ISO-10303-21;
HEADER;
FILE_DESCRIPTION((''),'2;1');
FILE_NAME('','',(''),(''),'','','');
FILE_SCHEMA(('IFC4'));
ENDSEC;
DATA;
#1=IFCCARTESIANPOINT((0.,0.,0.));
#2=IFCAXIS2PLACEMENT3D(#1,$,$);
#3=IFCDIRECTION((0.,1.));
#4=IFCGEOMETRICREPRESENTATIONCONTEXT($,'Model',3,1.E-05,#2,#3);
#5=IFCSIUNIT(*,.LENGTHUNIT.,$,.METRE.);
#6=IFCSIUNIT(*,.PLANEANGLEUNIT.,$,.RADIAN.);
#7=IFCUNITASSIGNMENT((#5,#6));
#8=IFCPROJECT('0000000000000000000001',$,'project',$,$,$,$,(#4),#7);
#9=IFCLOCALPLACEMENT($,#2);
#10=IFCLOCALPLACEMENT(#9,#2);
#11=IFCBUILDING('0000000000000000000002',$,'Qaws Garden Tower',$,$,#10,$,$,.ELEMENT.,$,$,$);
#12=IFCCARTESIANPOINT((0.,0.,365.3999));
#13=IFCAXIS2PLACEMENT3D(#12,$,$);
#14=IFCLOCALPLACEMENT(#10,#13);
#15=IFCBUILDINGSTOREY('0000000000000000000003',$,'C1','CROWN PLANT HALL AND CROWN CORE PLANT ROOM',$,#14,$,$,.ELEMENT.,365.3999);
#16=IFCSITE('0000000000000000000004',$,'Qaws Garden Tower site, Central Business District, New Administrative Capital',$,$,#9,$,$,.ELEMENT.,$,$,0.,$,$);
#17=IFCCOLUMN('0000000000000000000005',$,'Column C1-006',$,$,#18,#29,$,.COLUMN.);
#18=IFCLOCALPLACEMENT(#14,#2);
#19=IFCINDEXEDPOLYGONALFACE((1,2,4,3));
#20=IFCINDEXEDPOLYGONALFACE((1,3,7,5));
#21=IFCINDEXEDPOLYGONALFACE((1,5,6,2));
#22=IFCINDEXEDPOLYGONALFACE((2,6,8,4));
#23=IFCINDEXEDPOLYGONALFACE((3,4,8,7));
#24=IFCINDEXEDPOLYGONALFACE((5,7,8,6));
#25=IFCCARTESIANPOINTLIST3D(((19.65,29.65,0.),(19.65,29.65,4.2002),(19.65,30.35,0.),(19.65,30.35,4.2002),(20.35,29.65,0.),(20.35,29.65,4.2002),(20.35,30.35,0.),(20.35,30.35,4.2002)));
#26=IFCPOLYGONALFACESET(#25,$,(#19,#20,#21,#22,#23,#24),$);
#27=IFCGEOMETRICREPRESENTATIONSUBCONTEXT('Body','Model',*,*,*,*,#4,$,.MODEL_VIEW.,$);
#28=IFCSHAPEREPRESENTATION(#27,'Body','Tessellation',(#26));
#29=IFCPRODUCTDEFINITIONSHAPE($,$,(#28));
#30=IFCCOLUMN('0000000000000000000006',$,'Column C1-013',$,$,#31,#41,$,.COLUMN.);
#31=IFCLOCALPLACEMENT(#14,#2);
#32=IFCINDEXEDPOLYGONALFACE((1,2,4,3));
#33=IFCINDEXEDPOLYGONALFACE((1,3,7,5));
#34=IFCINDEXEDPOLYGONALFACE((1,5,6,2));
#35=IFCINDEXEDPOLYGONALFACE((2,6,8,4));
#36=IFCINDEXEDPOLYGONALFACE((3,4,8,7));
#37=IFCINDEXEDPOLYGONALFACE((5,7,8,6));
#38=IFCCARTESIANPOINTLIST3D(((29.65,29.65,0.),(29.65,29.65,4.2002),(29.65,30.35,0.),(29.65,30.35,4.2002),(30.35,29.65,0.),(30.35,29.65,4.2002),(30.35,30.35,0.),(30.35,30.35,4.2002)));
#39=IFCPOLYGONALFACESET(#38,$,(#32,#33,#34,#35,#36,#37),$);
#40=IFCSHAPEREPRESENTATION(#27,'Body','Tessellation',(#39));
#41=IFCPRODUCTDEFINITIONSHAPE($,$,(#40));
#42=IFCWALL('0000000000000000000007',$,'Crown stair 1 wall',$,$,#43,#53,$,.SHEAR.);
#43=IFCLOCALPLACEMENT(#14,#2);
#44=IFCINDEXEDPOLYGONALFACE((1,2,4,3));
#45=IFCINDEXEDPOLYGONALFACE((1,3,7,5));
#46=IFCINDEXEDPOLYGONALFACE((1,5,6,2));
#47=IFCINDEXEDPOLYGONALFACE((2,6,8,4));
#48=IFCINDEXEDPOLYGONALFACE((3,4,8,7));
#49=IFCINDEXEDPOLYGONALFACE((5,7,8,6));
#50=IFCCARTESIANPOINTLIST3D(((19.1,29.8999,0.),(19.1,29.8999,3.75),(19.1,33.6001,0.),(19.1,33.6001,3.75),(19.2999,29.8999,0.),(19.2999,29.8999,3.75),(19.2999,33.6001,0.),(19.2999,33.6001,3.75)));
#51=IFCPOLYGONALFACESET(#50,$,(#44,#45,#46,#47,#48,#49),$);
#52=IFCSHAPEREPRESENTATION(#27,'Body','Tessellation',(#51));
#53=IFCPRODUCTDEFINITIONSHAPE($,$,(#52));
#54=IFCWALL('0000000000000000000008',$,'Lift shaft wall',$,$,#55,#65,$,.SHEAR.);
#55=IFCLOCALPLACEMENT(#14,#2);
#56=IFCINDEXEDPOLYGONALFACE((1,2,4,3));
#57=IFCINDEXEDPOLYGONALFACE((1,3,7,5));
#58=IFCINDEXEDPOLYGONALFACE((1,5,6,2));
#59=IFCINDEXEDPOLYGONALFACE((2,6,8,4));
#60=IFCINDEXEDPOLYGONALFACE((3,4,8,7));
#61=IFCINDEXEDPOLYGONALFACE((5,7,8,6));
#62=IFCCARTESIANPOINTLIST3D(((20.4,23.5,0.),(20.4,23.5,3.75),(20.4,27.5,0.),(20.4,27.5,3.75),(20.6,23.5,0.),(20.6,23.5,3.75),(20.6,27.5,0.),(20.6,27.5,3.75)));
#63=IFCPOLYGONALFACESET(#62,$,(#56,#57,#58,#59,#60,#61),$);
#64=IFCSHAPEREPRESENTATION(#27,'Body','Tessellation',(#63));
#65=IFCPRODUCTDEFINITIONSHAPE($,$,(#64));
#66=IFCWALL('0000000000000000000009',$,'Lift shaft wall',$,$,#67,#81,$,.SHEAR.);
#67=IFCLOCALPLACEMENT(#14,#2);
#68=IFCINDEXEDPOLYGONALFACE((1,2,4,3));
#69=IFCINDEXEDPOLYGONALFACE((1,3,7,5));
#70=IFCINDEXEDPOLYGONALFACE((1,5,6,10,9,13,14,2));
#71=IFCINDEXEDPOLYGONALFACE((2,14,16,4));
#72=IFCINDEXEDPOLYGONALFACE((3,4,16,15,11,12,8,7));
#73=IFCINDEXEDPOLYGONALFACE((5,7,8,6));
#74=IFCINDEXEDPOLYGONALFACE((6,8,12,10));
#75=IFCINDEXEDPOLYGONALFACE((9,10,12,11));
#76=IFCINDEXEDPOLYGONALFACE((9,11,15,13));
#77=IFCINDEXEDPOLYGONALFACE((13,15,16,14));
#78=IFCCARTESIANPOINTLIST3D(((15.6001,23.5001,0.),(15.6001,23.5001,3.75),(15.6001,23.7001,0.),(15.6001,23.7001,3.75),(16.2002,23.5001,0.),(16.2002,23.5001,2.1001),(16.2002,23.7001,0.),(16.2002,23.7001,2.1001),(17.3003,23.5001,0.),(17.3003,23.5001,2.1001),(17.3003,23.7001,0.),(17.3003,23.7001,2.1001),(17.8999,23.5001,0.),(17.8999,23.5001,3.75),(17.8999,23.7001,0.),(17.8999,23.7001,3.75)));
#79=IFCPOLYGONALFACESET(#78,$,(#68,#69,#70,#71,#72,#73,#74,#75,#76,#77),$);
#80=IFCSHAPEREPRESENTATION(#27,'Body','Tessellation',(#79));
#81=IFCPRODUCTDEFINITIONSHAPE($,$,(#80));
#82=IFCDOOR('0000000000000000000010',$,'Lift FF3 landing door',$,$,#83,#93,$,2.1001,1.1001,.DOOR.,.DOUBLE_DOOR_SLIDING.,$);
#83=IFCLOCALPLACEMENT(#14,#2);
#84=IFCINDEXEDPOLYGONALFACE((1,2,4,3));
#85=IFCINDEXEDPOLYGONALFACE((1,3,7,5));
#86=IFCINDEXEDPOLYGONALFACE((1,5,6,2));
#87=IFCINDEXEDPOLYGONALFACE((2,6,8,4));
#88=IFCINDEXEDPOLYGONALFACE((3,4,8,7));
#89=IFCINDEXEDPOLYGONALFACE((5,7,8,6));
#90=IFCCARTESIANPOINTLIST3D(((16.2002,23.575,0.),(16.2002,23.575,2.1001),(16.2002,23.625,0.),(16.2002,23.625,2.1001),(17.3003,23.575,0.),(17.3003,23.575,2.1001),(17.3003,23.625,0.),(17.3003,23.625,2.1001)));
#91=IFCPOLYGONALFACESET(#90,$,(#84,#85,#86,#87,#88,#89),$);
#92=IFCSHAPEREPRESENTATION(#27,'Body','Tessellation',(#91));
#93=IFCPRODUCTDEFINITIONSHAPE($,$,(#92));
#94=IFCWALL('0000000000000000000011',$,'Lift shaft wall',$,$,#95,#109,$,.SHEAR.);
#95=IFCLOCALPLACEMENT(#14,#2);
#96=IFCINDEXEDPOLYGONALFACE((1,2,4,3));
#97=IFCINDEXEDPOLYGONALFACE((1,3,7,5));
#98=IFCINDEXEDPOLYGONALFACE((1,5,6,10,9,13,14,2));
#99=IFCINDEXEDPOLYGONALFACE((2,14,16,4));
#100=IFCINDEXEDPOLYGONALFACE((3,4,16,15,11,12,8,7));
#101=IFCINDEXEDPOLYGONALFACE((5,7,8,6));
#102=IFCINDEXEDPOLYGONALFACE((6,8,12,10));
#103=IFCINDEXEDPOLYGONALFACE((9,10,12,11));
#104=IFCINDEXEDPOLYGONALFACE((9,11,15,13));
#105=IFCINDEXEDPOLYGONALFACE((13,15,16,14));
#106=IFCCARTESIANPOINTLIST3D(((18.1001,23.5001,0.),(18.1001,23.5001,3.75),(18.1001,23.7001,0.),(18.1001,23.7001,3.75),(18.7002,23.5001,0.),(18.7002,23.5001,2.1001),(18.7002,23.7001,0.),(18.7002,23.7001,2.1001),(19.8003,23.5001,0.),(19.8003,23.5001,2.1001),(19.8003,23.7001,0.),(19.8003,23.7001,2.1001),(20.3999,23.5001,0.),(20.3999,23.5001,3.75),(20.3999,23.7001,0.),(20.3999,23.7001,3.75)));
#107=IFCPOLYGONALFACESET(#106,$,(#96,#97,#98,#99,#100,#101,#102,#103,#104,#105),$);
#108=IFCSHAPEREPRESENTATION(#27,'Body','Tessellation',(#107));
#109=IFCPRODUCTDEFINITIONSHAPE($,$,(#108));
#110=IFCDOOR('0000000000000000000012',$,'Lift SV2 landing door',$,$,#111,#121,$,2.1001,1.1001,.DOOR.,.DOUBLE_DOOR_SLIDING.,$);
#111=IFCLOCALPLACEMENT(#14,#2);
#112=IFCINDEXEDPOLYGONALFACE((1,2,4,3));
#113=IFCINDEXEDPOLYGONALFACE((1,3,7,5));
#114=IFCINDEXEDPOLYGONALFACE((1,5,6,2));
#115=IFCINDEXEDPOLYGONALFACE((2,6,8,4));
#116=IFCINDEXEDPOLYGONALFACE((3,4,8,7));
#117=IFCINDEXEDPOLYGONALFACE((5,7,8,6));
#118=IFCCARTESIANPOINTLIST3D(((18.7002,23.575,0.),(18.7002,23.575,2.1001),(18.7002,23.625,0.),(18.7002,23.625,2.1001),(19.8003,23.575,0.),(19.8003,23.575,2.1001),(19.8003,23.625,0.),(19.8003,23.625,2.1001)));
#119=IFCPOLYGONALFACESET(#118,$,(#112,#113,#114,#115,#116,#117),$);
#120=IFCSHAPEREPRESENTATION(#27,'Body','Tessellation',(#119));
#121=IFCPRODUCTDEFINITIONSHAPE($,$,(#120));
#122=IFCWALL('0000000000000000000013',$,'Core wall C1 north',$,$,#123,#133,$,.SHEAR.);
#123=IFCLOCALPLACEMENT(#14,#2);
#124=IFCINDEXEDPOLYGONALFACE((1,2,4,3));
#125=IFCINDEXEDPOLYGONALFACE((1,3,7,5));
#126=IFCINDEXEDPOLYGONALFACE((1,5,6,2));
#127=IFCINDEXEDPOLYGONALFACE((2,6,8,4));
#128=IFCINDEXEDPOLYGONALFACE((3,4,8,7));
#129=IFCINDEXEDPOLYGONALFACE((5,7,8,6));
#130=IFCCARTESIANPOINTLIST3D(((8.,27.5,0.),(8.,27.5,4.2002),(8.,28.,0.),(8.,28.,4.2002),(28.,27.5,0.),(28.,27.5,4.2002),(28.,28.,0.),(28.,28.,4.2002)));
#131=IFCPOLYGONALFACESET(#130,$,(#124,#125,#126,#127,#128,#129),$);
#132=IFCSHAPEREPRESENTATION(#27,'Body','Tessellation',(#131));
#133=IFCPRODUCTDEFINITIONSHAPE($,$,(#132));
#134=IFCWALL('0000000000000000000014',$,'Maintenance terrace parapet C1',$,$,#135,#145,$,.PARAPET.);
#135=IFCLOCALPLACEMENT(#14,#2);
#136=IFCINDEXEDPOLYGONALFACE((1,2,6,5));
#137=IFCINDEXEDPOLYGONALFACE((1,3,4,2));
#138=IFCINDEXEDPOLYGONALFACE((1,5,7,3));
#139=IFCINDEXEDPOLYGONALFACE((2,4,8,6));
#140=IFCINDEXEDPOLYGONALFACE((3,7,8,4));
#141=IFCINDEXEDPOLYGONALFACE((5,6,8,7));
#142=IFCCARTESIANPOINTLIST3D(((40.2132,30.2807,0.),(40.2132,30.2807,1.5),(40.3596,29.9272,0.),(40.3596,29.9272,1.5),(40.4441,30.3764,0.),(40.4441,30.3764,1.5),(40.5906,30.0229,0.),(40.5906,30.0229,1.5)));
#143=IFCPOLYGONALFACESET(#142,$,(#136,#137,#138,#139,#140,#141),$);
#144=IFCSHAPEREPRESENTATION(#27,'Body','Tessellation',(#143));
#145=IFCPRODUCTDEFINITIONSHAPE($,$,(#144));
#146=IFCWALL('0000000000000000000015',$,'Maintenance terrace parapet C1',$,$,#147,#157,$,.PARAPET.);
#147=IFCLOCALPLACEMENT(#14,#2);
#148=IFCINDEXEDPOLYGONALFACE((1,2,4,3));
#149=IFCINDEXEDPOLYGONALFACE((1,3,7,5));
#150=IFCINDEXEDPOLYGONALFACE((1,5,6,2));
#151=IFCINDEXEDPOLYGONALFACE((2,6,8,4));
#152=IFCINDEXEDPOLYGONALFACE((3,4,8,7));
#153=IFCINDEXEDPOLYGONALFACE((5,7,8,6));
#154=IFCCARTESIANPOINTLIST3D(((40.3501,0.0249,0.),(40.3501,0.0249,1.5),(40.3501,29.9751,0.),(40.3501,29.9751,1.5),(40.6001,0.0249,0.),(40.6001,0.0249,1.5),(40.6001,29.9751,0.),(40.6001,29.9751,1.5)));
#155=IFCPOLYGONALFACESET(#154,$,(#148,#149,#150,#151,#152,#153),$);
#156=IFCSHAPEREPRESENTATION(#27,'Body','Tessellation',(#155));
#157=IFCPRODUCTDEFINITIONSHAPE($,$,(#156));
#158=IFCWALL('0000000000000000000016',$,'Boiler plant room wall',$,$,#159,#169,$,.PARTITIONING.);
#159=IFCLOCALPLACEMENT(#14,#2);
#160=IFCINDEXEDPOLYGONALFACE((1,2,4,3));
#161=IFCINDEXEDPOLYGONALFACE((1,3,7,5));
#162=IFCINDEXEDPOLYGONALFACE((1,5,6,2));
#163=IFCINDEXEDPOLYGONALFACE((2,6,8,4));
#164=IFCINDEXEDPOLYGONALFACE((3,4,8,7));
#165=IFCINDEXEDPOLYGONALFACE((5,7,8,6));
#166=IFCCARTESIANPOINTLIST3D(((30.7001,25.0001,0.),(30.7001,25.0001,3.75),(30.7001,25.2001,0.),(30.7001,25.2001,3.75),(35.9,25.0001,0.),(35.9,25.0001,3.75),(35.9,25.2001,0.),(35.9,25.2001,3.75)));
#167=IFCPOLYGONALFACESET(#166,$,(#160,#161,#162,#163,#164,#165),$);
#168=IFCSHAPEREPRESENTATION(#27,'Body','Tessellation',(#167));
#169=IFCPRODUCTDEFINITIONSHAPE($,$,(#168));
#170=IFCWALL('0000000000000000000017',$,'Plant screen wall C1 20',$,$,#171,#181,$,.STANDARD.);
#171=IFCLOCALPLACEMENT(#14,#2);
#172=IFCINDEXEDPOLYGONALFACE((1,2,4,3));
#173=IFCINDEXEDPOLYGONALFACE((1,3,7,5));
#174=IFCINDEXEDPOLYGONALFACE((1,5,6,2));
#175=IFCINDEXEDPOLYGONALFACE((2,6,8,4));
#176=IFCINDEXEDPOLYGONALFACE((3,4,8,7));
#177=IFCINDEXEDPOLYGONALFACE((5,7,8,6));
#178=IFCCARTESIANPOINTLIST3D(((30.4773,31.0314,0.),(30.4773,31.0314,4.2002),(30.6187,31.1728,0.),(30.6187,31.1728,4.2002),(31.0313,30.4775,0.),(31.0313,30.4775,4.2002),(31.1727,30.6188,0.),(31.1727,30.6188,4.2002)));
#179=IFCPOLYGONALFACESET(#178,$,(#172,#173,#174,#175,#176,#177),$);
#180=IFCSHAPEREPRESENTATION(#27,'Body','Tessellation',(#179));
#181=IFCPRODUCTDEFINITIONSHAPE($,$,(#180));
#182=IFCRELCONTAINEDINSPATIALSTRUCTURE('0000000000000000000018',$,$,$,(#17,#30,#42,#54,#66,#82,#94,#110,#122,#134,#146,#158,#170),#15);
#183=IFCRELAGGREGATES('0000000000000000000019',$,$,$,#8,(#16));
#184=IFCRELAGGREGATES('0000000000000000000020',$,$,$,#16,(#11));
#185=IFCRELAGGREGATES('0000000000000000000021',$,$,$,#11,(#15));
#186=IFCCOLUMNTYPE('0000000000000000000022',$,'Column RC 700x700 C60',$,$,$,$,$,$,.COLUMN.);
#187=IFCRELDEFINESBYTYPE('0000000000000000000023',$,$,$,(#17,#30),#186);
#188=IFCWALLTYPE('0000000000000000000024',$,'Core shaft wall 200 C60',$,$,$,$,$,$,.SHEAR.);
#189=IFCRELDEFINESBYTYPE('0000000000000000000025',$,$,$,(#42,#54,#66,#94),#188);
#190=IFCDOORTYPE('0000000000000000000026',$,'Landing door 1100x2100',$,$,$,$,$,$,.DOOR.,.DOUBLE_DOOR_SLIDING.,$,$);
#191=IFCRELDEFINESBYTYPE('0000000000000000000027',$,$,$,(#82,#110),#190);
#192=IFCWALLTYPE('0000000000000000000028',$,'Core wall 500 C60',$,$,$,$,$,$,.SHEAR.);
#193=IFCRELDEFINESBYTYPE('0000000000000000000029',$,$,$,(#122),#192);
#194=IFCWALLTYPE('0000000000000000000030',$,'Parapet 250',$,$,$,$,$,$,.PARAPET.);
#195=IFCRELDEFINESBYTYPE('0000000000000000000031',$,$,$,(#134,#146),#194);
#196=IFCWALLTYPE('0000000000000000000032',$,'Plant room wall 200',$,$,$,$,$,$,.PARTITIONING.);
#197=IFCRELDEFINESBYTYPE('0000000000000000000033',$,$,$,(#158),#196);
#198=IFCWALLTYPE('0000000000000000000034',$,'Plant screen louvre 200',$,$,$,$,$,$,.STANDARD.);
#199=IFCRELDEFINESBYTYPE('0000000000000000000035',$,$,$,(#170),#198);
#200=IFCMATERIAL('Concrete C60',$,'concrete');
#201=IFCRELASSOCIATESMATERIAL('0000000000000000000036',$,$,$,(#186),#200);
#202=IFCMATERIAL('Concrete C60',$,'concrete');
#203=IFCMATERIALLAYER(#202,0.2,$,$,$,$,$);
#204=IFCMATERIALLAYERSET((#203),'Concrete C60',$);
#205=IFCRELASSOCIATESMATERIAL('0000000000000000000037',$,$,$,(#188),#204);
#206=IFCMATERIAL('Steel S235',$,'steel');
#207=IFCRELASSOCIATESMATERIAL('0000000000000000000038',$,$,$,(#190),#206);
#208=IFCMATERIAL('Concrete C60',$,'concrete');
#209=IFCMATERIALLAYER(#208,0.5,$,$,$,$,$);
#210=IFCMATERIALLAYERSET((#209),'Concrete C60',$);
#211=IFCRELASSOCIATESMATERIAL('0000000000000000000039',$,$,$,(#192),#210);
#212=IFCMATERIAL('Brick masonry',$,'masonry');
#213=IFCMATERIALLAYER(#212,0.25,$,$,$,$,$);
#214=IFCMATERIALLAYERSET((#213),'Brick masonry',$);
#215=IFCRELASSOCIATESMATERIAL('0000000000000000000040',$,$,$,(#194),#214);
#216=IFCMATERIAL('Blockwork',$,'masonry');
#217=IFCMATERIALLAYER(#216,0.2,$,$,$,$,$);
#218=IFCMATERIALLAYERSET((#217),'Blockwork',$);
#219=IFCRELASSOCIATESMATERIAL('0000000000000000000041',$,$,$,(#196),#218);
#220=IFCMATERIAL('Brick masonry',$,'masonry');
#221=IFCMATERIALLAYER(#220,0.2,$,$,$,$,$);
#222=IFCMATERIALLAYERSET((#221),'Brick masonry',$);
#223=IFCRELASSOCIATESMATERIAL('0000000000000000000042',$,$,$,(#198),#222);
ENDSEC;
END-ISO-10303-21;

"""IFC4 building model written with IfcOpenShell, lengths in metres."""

from ifc_helpers import new_model, si_unit, direction, frame, frame_2d, origin, origin_2d, place, context, subcontext, project, spatial, rectangle, extrude, material, layer, layer_set, material_profile, profile_set, type_object, element, fill, save


model = new_model("IFC4")

# Units and contexts
model_context = context("Model", 3, precision=1e-05, world=origin(), true_north=direction((0.0, 1.0)))
body_context = subcontext(model_context, "Body", "Model", "MODEL_VIEW")
ifc_project = project(units=[si_unit("LENGTHUNIT", "METRE"), si_unit("PLANEANGLEUNIT", "RADIAN")], contexts=[model_context])

# Site, building, storey
site_placement = place(None, origin())
site = spatial("IfcSite", under=ifc_project, at=site_placement, Name="Qaws Garden Tower site, Central Business District, New Administrative Capital", CompositionType="ELEMENT", RefElevation=0.0)
building_placement = place(site_placement, origin())
building = spatial("IfcBuilding", under=site, at=building_placement, Name="Qaws Garden Tower", CompositionType="ELEMENT")
storey_placement = place(building_placement, frame((0.0, 0.0, 365.3999)))
storey = spatial("IfcBuildingStorey", under=building, at=storey_placement, Name="C1", Description="CROWN PLANT HALL AND CROWN CORE PLANT ROOM", CompositionType="ELEMENT", Elevation=365.3999)

# Columns
ifc_material_1 = material(Name="Concrete C60", Category="concrete")
ifc_material_profile = material_profile(ifc_material_1, rectangle(XDim=0.7, YDim=0.7, at=origin_2d()), Name="RC 700x700")
ifc_profile_set = profile_set([ifc_material_profile], Name="Concrete C60")
column_type = type_object("IfcColumnType", Name="Column RC 700x700 C60", PredefinedType="COLUMN", material=ifc_profile_set)
for number, where, z_axis, x_axis, name in (
    (1, (20.0, 30.0, 0.0), (0.0, 0.0, 1.0), (1.0, 0.0, 0.0), "Column C1-006"),
    (2, (30.0, 30.0, 0.0), (0.0, 0.0, 1.0), (1.0, 0.0, 0.0), "Column C1-013"),
):
    element("IfcColumn", number, at=place(storey_placement, frame(where, z_axis=z_axis, x_axis=x_axis)), inside=storey, type_object=column_type, Name=name, PredefinedType="COLUMN", context=body_context, shape_type="SweptSolid", body=[
        extrude(rectangle(XDim=0.7, YDim=0.7, at=origin_2d()), origin(), (0.0, 0.0, 1.0), 4.2002),
    ])

# Walls
ifc_material_2 = material(Name="Concrete C60", Category="concrete")
ifc_layer_1 = layer(ifc_material_2, 0.2)
ifc_layer_set_1 = layer_set([ifc_layer_1], Name="Concrete C60")
wall_type_1 = type_object("IfcWallType", Name="Core shaft wall 200 C60", PredefinedType="SHEAR", material=ifc_layer_set_1)
wall_1_placement = place(storey_placement, frame((19.2, 29.8999, 0.0), z_axis=(0.0, 0.0, 1.0), x_axis=(0.0, 1.0, 0.0)))
element("IfcWall", 3, at=wall_1_placement, inside=storey, type_object=wall_type_1, Name="Crown stair 1 wall", PredefinedType="SHEAR", context=body_context, shape_type="SweptSolid", body=[
    extrude(rectangle(XDim=3.7002, YDim=0.2, at=frame_2d((1.8501, 0.0))), origin(), (0.0, 0.0, 1.0), 3.75),
])
wall_2_placement = place(storey_placement, frame((20.5, 23.5, 0.0), z_axis=(0.0, 0.0, 1.0), x_axis=(0.0, 1.0, 0.0)))
element("IfcWall", 4, at=wall_2_placement, inside=storey, type_object=wall_type_1, Name="Lift shaft wall", PredefinedType="SHEAR", context=body_context, shape_type="SweptSolid", body=[
    extrude(rectangle(XDim=4.0, YDim=0.2, at=frame_2d((2.0, 0.0))), origin(), (0.0, 0.0, 1.0), 3.75),
])

# Walls, openings, doors
wall_3_placement = place(storey_placement, frame((15.6001, 23.6001, 0.0), z_axis=(0.0, 0.0, 1.0), x_axis=(1.0, 0.0, 0.0)))
wall_3 = element("IfcWall", 5, at=wall_3_placement, inside=storey, type_object=wall_type_1, Name="Lift shaft wall", PredefinedType="SHEAR", context=body_context, shape_type="SweptSolid", body=[
    extrude(rectangle(XDim=2.2998, YDim=0.2, at=frame_2d((1.1499, 0.0))), origin(), (0.0, 0.0, 1.0), 3.75),
])
opening_1_placement = place(wall_3_placement, frame((0.6001, 0.0, 0.0)))
opening_1 = element("IfcOpeningElement", 6, at=opening_1_placement, cuts=wall_3, PredefinedType="OPENING", context=body_context, shape_type="SweptSolid", body=[
    extrude(rectangle(XDim=1.1001, YDim=2.1001, at=frame_2d((0.55, 1.05))), frame((0.0, 0.1099, 0.0), z_axis=(0.0, -1.0, 0.0), x_axis=(1.0, 0.0, 0.0)), (0.0, 0.0, 1.0), 0.22),
])
ifc_material_3 = material(Name="Steel S235", Category="steel")
door_type = type_object("IfcDoorType", Name="Landing door 1100x2100", OperationType="DOUBLE_DOOR_SLIDING", PredefinedType="DOOR", material=ifc_material_3)
door_1_placement = place(opening_1_placement, origin())
door_1 = element("IfcDoor", 7, at=door_1_placement, inside=storey, type_object=door_type, Name="Lift FF3 landing door", OperationType="DOUBLE_DOOR_SLIDING", OverallHeight=2.1001, OverallWidth=1.1001, PredefinedType="DOOR", context=body_context, shape_type="SweptSolid", body=[
    extrude(rectangle(XDim=1.1001, YDim=2.1001, at=frame_2d((0.55, 1.05))), frame((0.0, 0.0249, 0.0), z_axis=(0.0, -1.0, 0.0), x_axis=(1.0, 0.0, 0.0)), (0.0, 0.0, 1.0), 0.05),
])
fill(opening_1, door_1)
wall_4_placement = place(storey_placement, frame((18.1001, 23.6001, 0.0), z_axis=(0.0, 0.0, 1.0), x_axis=(1.0, 0.0, 0.0)))
wall_4 = element("IfcWall", 8, at=wall_4_placement, inside=storey, type_object=wall_type_1, Name="Lift shaft wall", PredefinedType="SHEAR", context=body_context, shape_type="SweptSolid", body=[
    extrude(rectangle(XDim=2.2998, YDim=0.2, at=frame_2d((1.1499, 0.0))), origin(), (0.0, 0.0, 1.0), 3.75),
])
opening_2_placement = place(wall_4_placement, frame((0.6001, 0.0, 0.0)))
opening_2 = element("IfcOpeningElement", 9, at=opening_2_placement, cuts=wall_4, PredefinedType="OPENING", context=body_context, shape_type="SweptSolid", body=[
    extrude(rectangle(XDim=1.1001, YDim=2.1001, at=frame_2d((0.55, 1.05))), frame((0.0, 0.1099, 0.0), z_axis=(0.0, -1.0, 0.0), x_axis=(1.0, 0.0, 0.0)), (0.0, 0.0, 1.0), 0.22),
])
door_2_placement = place(opening_2_placement, origin())
door_2 = element("IfcDoor", 10, at=door_2_placement, inside=storey, type_object=door_type, Name="Lift SV2 landing door", OperationType="DOUBLE_DOOR_SLIDING", OverallHeight=2.1001, OverallWidth=1.1001, PredefinedType="DOOR", context=body_context, shape_type="SweptSolid", body=[
    extrude(rectangle(XDim=1.1001, YDim=2.1001, at=frame_2d((0.55, 1.05))), frame((0.0, 0.0249, 0.0), z_axis=(0.0, -1.0, 0.0), x_axis=(1.0, 0.0, 0.0)), (0.0, 0.0, 1.0), 0.05),
])
fill(opening_2, door_2)

# Walls
ifc_material_4 = material(Name="Concrete C60", Category="concrete")
ifc_layer_2 = layer(ifc_material_4, 0.5)
ifc_layer_set_2 = layer_set([ifc_layer_2], Name="Concrete C60")
wall_type_2 = type_object("IfcWallType", Name="Core wall 500 C60", PredefinedType="SHEAR", material=ifc_layer_set_2)
wall_5_placement = place(storey_placement, frame((28.0, 27.75, 0.0), z_axis=(0.0, 0.0, 1.0), x_axis=(-1.0, 0.0, 0.0)))
element("IfcWall", 11, at=wall_5_placement, inside=storey, type_object=wall_type_2, Name="Core wall C1 north", PredefinedType="SHEAR", context=body_context, shape_type="SweptSolid", body=[
    extrude(rectangle(XDim=20.0, YDim=0.5, at=frame_2d((10.0, 0.0))), origin(), (0.0, 0.0, 1.0), 4.2002),
])
ifc_material_5 = material(Name="Brick masonry", Category="masonry")
ifc_layer_3 = layer(ifc_material_5, 0.25)
ifc_layer_set_3 = layer_set([ifc_layer_3], Name="Brick masonry")
wall_type_3 = type_object("IfcWallType", Name="Parapet 250", PredefinedType="PARAPET", material=ifc_layer_set_3)
wall_6_placement = place(storey_placement, frame((40.3286, 30.3286, 0.0), z_axis=(0.0, 0.0, 1.0), x_axis=(0.382803, -0.92383, 0.0)))
element("IfcWall", 12, at=wall_6_placement, inside=storey, type_object=wall_type_3, Name="Maintenance terrace parapet C1", PredefinedType="PARAPET", context=body_context, shape_type="SweptSolid", body=[
    extrude(rectangle(XDim=0.3826, YDim=0.25, at=frame_2d((0.1914, 0.0))), origin(), (0.0, 0.0, 1.0), 1.5),
])
wall_7_placement = place(storey_placement, frame((40.4751, 29.9751, 0.0), z_axis=(0.0, 0.0, 1.0), x_axis=(0.0, -1.0, 0.0)))
element("IfcWall", 13, at=wall_7_placement, inside=storey, type_object=wall_type_3, Name="Maintenance terrace parapet C1", PredefinedType="PARAPET", context=body_context, shape_type="SweptSolid", body=[
    extrude(rectangle(XDim=29.9502, YDim=0.25, at=frame_2d((14.9751, 0.0))), origin(), (0.0, 0.0, 1.0), 1.5),
])
ifc_material_6 = material(Name="Blockwork", Category="masonry")
ifc_layer_4 = layer(ifc_material_6, 0.2)
ifc_layer_set_4 = layer_set([ifc_layer_4], Name="Blockwork")
wall_type_4 = type_object("IfcWallType", Name="Plant room wall 200", PredefinedType="PARTITIONING", material=ifc_layer_set_4)
wall_8_placement = place(storey_placement, frame((30.7, 25.1001, 0.0), z_axis=(0.0, 0.0, 1.0), x_axis=(1.0, 0.0, 0.0)))
element("IfcWall", 14, at=wall_8_placement, inside=storey, type_object=wall_type_4, Name="Boiler plant room wall", PredefinedType="PARTITIONING", context=body_context, shape_type="SweptSolid", body=[
    extrude(rectangle(XDim=5.2, YDim=0.2, at=frame_2d((2.6001, 0.0))), origin(), (0.0, 0.0, 1.0), 3.75),
])
ifc_material_7 = material(Name="Brick masonry", Category="masonry")
ifc_layer_5 = layer(ifc_material_7, 0.2)
ifc_layer_set_5 = layer_set([ifc_layer_5], Name="Brick masonry")
wall_type_5 = type_object("IfcWallType", Name="Plant screen louvre 200", PredefinedType="STANDARD", material=ifc_layer_set_5)
wall_9_placement = place(storey_placement, frame((30.5481, 31.1021, 0.0), z_axis=(0.0, 0.0, 1.0), x_axis=(0.707107, -0.707107, 0.0)))
element("IfcWall", 15, at=wall_9_placement, inside=storey, type_object=wall_type_5, Name="Plant screen wall C1 20", PredefinedType="STANDARD", context=body_context, shape_type="SweptSolid", body=[
    extrude(rectangle(XDim=0.7834, YDim=0.2, at=frame_2d((0.3916, 0.0))), origin(), (0.0, 0.0, 1.0), 4.2002),
])

save(model, "model.ifc")
